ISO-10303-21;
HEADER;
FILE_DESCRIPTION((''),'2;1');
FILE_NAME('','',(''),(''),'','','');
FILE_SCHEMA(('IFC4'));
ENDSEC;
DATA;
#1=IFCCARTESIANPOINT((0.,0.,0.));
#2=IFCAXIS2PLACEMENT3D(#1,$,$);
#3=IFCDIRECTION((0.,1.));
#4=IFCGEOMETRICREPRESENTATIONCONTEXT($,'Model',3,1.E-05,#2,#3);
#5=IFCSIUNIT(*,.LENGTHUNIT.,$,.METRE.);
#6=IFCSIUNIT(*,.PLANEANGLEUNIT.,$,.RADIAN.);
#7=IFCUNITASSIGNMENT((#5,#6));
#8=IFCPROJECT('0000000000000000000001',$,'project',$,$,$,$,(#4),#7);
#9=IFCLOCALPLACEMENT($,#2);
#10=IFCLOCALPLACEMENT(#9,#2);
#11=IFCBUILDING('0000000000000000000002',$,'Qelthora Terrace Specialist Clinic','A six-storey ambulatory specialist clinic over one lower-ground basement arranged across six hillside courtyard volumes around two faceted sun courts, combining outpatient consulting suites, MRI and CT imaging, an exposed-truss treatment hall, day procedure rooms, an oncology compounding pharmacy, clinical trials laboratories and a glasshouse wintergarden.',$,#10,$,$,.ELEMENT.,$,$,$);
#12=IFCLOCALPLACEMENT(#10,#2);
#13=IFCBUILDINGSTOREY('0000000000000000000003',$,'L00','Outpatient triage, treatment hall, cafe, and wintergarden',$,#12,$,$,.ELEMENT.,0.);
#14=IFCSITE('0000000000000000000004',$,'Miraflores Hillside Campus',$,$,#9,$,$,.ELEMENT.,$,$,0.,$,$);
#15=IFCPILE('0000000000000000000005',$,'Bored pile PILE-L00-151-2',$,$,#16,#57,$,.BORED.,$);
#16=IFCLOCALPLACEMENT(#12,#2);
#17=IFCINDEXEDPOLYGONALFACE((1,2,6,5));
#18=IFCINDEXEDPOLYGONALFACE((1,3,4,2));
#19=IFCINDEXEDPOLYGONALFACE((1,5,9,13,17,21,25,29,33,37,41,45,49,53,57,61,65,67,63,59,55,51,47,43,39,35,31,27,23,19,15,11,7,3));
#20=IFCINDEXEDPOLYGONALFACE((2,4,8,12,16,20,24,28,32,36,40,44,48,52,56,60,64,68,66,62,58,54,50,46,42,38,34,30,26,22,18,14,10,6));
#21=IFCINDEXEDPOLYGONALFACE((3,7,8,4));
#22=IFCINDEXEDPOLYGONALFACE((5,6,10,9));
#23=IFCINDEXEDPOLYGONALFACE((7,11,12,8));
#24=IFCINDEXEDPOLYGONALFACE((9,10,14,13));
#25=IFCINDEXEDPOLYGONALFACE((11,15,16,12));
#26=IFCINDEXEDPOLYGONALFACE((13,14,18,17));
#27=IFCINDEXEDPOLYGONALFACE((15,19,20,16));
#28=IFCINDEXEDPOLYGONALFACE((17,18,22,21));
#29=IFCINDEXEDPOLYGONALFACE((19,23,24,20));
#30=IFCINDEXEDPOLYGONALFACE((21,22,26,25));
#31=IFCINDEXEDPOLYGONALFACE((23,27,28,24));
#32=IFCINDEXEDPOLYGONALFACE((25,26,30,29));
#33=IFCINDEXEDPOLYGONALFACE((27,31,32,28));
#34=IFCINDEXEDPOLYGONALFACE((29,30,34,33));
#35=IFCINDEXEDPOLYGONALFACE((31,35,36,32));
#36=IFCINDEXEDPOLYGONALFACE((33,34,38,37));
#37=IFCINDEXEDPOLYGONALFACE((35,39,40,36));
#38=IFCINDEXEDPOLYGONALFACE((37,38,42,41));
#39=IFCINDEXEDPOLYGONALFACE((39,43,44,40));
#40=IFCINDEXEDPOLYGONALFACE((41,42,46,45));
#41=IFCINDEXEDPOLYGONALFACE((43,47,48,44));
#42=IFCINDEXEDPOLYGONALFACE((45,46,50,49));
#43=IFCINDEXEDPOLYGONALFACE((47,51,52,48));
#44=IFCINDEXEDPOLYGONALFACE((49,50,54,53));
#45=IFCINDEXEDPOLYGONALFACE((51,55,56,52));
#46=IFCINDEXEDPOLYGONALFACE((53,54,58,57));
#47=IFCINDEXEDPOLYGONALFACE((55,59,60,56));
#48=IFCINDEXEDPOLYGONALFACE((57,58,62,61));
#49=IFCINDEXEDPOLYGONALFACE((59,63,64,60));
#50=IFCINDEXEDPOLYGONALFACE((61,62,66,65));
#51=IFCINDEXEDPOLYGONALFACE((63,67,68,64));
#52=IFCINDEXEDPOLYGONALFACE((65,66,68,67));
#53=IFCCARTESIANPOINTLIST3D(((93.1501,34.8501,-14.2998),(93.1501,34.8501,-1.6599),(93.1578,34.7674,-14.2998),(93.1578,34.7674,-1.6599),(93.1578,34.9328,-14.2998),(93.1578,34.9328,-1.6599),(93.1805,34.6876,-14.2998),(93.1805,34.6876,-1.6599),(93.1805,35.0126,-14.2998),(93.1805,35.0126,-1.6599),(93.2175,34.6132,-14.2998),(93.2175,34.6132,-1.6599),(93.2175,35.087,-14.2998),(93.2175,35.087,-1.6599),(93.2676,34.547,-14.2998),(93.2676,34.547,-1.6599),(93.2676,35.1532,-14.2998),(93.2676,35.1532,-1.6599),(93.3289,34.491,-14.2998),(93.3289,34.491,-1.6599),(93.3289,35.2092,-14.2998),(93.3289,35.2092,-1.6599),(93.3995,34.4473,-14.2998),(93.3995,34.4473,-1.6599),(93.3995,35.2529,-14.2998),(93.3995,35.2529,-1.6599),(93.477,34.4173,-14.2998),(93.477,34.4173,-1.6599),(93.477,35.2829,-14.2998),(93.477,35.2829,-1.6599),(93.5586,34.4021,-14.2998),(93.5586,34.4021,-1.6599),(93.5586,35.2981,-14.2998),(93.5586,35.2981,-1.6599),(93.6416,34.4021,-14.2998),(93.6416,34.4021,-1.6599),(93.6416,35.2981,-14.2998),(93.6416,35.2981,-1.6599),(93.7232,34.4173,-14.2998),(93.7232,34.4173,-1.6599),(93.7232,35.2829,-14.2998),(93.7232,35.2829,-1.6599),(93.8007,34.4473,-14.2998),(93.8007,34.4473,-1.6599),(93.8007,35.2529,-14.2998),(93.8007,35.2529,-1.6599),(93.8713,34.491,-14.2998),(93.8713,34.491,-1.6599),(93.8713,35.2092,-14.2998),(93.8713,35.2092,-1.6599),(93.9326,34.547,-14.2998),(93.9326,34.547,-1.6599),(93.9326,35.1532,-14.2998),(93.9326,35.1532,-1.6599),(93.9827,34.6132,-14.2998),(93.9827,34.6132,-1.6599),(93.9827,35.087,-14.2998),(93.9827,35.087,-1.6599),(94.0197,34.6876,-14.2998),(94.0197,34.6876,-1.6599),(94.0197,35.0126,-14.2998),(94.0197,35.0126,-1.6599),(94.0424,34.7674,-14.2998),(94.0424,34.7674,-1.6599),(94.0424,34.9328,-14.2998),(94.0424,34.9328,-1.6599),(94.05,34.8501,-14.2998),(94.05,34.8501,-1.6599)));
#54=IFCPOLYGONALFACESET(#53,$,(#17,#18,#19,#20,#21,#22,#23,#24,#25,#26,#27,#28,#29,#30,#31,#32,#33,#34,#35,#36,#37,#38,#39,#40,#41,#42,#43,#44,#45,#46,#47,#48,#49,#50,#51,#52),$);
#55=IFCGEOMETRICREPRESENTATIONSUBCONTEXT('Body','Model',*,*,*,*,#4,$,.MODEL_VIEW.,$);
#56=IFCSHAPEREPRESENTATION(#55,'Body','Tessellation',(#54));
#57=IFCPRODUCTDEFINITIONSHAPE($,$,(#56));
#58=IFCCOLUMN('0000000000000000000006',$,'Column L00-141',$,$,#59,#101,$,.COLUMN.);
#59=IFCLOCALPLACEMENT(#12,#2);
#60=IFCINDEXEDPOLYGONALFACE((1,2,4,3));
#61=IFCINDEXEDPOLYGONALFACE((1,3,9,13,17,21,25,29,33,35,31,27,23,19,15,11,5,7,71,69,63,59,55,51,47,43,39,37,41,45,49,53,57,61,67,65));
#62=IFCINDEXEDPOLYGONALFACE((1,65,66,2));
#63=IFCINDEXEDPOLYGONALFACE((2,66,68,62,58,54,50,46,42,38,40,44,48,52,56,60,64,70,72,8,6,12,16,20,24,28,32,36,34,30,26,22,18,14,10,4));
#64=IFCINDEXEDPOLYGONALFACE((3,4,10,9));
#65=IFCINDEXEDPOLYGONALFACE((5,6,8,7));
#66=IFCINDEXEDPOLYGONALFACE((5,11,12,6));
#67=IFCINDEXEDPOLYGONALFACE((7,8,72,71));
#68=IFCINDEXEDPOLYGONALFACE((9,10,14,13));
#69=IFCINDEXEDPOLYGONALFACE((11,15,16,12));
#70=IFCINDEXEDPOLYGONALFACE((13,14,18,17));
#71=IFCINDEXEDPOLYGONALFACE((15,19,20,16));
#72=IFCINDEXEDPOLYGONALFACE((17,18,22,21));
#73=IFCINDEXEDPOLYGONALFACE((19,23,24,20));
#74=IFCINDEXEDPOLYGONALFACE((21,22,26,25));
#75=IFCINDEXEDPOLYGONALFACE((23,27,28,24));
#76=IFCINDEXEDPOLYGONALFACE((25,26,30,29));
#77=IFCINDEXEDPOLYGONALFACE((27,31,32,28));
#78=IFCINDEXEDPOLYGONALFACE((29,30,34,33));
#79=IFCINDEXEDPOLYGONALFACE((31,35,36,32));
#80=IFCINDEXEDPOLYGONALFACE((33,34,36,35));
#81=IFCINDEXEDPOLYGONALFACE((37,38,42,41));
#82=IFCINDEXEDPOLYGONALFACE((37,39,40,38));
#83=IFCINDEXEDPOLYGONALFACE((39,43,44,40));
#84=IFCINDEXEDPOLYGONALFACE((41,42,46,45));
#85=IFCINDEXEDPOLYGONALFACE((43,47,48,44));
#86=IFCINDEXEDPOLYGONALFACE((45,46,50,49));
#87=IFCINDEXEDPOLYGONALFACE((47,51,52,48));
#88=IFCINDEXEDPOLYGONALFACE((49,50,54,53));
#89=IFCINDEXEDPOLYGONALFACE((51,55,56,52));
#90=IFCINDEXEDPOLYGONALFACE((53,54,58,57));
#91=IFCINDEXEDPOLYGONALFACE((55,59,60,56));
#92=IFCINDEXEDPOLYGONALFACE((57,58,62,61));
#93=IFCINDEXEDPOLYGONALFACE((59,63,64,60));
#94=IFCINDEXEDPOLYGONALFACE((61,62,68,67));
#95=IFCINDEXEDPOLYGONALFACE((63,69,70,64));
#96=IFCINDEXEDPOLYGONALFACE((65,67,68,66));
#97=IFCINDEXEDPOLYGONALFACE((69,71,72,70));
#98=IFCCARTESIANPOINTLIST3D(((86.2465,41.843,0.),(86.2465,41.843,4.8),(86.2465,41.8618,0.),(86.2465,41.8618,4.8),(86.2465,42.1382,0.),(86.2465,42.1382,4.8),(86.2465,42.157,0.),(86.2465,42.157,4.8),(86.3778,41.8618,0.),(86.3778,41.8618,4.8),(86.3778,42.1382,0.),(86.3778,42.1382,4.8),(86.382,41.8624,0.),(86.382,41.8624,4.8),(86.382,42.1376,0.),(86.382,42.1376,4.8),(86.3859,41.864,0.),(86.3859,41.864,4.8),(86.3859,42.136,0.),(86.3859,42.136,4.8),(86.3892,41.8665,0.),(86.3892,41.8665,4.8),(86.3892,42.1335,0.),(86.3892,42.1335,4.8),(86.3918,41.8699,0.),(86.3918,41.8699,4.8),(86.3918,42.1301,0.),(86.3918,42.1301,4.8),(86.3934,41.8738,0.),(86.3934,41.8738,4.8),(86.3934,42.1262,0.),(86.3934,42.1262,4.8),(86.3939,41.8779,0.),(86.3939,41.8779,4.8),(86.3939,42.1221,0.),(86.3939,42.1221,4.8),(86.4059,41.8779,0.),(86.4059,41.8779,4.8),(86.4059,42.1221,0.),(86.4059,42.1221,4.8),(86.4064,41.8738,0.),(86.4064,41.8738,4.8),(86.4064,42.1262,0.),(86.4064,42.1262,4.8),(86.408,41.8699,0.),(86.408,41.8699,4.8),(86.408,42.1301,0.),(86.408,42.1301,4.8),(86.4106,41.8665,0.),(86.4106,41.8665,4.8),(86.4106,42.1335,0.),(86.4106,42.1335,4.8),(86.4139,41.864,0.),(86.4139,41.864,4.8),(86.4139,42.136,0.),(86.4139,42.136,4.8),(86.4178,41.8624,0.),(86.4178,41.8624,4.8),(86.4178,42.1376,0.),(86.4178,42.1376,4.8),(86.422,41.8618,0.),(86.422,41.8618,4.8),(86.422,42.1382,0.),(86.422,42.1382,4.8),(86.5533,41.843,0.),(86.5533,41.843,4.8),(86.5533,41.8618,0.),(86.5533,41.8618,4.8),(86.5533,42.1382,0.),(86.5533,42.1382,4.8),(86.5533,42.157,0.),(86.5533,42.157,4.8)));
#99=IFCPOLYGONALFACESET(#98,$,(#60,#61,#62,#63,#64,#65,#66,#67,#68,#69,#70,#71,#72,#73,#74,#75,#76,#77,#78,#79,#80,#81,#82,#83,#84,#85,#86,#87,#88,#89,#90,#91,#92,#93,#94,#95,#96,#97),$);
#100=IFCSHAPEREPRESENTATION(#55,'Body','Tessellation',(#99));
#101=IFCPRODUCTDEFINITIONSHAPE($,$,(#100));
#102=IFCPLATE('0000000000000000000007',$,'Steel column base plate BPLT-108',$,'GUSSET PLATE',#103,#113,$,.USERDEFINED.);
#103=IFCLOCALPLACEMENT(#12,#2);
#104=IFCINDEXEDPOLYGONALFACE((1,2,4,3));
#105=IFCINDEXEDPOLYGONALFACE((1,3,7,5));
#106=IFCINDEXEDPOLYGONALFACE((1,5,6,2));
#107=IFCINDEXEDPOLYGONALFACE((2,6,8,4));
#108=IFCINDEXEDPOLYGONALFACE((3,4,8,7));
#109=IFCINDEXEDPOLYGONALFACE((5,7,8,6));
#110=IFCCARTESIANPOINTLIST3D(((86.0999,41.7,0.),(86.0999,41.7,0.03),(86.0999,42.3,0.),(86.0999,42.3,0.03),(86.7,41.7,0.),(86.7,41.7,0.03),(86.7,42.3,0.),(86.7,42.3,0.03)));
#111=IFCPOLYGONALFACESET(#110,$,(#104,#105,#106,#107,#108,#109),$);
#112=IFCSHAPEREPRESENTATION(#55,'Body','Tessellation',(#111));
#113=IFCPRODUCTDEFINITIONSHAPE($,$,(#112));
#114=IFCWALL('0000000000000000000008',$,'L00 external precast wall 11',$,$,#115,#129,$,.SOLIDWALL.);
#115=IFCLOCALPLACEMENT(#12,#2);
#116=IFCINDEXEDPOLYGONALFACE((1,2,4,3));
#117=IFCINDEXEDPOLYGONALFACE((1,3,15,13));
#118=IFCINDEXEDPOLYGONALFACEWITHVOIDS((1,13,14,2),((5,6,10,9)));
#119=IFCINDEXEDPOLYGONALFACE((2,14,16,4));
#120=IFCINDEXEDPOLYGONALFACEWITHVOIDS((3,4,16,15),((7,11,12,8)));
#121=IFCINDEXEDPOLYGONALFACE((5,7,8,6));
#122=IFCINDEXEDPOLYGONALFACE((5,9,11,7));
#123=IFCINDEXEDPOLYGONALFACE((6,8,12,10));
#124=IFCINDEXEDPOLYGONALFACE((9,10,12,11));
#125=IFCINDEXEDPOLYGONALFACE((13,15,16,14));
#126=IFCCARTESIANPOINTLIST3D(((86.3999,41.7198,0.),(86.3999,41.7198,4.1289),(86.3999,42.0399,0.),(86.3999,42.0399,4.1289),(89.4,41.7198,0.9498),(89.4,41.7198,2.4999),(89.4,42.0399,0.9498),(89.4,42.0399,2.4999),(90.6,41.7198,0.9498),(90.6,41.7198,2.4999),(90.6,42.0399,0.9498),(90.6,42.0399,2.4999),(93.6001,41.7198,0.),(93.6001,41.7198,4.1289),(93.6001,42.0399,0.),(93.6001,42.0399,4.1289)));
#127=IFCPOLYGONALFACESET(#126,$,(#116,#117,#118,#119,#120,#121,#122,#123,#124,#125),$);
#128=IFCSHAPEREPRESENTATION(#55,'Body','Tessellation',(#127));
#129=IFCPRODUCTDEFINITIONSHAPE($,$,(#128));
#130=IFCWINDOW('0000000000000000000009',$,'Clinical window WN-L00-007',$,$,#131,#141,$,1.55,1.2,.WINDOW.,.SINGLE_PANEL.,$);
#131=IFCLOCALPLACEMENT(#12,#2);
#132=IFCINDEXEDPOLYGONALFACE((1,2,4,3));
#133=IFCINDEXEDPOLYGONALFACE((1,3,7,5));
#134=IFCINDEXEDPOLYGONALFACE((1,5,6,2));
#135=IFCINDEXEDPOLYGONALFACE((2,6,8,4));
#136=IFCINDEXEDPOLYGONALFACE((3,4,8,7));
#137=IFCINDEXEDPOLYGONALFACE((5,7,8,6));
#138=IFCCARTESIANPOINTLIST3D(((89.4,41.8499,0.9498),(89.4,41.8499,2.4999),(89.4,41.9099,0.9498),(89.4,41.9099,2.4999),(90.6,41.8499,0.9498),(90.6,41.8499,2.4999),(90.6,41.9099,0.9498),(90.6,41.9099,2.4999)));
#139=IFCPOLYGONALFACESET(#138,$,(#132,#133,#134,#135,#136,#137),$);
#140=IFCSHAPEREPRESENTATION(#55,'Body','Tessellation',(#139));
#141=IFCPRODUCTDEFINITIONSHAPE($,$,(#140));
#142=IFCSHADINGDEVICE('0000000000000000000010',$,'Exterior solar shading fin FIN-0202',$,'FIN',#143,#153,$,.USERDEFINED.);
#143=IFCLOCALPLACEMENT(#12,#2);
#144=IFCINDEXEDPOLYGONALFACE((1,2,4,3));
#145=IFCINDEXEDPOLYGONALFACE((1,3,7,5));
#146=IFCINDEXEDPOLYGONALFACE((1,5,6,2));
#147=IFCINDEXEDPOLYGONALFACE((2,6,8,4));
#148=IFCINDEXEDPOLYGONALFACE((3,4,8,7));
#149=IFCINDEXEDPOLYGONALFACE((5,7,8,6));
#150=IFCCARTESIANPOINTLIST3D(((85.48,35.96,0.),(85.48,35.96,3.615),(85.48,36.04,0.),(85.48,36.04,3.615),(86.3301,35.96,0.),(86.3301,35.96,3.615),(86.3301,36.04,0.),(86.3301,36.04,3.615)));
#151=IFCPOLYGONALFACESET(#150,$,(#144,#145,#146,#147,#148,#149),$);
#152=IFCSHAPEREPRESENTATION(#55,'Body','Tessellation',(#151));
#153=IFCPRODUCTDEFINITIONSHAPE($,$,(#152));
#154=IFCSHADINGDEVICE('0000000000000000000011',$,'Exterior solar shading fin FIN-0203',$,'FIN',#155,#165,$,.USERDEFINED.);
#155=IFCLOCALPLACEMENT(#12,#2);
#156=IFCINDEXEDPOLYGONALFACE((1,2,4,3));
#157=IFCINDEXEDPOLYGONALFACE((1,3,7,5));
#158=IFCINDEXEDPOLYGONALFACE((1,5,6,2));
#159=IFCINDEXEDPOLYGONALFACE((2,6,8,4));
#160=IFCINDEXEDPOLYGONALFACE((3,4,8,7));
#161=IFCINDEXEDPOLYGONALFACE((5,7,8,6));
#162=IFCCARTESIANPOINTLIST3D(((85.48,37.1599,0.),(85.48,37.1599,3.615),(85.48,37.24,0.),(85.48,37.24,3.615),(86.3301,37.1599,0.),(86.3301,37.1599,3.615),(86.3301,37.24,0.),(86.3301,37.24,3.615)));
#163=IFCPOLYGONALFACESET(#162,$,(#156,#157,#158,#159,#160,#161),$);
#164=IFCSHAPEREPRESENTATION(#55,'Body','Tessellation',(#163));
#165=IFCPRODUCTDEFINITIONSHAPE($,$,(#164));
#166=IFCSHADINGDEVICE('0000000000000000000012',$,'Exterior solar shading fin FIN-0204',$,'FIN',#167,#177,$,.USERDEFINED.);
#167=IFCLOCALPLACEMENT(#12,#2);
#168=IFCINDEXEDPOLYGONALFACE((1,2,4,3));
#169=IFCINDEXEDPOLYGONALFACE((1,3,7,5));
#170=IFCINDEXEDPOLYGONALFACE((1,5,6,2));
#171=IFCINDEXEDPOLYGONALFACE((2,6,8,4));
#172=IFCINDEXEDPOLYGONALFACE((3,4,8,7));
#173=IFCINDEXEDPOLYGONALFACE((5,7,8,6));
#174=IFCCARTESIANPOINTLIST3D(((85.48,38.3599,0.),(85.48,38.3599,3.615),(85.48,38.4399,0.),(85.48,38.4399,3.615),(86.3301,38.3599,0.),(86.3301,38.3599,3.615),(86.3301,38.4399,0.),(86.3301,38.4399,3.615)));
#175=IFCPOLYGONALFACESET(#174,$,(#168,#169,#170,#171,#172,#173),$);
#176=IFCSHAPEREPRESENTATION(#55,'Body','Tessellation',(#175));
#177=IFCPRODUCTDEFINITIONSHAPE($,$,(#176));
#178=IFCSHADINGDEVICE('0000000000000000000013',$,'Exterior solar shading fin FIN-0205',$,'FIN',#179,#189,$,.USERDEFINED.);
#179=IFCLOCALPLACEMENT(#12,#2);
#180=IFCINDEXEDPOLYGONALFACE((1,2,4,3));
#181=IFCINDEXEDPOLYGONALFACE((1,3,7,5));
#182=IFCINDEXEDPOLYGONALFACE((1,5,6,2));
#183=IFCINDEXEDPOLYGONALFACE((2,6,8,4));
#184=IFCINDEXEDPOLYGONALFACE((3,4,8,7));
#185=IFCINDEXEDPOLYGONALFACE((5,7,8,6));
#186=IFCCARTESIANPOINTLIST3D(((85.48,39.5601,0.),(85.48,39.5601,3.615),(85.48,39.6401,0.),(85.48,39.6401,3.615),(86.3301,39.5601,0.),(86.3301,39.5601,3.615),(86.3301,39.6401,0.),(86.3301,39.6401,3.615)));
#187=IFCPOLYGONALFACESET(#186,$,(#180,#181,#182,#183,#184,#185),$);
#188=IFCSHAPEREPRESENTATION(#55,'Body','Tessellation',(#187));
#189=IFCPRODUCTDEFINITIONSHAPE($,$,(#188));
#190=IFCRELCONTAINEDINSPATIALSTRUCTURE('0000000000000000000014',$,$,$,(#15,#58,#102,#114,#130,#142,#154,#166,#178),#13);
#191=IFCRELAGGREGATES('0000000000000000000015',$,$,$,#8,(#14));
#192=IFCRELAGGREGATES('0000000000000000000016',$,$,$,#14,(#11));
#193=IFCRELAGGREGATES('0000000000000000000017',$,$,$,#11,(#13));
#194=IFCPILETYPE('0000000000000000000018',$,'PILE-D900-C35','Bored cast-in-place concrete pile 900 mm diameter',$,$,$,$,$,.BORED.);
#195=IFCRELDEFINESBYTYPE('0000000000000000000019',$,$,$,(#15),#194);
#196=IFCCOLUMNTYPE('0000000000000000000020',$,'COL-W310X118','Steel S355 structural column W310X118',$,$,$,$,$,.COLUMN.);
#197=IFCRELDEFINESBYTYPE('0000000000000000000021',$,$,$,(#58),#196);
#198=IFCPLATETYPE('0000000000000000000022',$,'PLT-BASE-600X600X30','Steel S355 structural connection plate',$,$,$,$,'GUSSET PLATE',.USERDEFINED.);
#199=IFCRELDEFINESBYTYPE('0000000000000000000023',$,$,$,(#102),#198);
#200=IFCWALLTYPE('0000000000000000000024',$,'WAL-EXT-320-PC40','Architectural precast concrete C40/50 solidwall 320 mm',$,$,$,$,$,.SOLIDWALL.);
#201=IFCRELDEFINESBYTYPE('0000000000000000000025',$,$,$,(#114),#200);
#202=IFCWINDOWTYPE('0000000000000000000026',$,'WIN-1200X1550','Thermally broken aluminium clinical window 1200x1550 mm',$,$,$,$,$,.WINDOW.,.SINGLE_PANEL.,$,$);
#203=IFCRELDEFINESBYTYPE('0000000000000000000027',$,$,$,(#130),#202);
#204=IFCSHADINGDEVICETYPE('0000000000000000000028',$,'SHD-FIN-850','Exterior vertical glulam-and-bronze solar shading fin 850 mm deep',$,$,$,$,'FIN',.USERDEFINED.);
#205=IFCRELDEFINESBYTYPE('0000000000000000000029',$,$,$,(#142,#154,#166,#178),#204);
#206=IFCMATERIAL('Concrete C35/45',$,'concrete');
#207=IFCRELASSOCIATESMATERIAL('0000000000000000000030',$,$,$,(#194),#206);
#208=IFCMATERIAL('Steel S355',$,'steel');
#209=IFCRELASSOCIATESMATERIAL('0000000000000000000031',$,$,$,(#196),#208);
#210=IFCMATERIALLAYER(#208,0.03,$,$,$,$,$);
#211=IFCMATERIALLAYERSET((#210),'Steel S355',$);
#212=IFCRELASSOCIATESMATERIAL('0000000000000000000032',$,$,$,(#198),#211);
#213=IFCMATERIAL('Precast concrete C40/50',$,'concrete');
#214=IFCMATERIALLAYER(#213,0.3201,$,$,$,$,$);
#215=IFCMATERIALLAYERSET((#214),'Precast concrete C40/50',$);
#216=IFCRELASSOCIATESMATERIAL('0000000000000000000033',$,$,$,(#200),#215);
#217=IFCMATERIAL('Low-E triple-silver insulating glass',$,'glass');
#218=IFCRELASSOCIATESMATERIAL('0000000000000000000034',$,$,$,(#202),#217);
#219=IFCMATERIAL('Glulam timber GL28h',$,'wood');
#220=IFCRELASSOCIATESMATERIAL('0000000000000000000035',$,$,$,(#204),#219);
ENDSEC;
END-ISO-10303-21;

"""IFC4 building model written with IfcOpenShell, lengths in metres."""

from ifc_helpers import new_model, si_unit, direction, frame, frame_2d, origin, origin_2d, place, context, subcontext, project, spatial, rectangle, circle, i_section, extrude, material, layer, layer_set, material_profile, profile_set, type_object, element, fill, save


model = new_model("IFC4")

# Units and contexts
model_context = context("Model", 3, precision=1e-05, world=origin(), true_north=direction((0.0, 1.0)))
body_context = subcontext(model_context, "Body", "Model", "MODEL_VIEW")
ifc_project = project(units=[si_unit("LENGTHUNIT", "METRE"), si_unit("PLANEANGLEUNIT", "RADIAN")], contexts=[model_context])

# Site, building, storey
site_placement = place(None, origin())
site = spatial("IfcSite", under=ifc_project, at=site_placement, Name="Miraflores Hillside Campus", CompositionType="ELEMENT", RefElevation=0.0)
building_placement = place(site_placement, origin())
building = spatial("IfcBuilding", under=site, at=building_placement, Name="Qelthora Terrace Specialist Clinic", Description="A six-storey ambulatory specialist clinic over one lower-ground basement arranged across six hillside courtyard volumes around two faceted sun courts, combining outpatient consulting suites, MRI and CT imaging, an exposed-truss treatment hall, day procedure rooms, an oncology compounding pharmacy, clinical trials laboratories and a glasshouse wintergarden.", CompositionType="ELEMENT")
storey_placement = place(building_placement, origin())
storey = spatial("IfcBuildingStorey", under=building, at=storey_placement, Name="L00", Description="Outpatient triage, treatment hall, cafe, and wintergarden", CompositionType="ELEMENT", Elevation=0.0)

# Shared definitions
ifc_material_1 = material(Name="Concrete C35/45", Category="concrete")

# Pile
ifc_material_profile_1 = material_profile(ifc_material_1, circle(Radius=0.45, at=origin_2d()), Name="PILE900")
ifc_profile_set_1 = profile_set([ifc_material_profile_1], Name="Concrete C35/45")
pile_type_1 = type_object("IfcPileType", Name="PILE-D900-C35", Description="Bored cast-in-place concrete pile 900 mm diameter", PredefinedType="BORED", material=ifc_profile_set_1)
pile_placement = place(storey_placement, frame((93.6001, 34.8501, -1.6599), z_axis=(0.0, 0.0, -1.0), x_axis=(1.0, 0.0, 0.0)))
element("IfcPile", 1, at=pile_placement, inside=storey, type_object=pile_type_1, Name="Bored pile PILE-L00-151-2", PredefinedType="BORED", context=body_context, shape_type="SweptSolid", body=[
    extrude(circle(Radius=0.45, at=origin_2d()), origin(), (0.0, 0.0, 1.0), 12.6399),
])

# Column
ifc_material_2 = material(Name="Steel S355", Category="steel")
ifc_material_profile_2 = material_profile(ifc_material_2, i_section(OverallWidth=0.3069, OverallDepth=0.314, WebThickness=0.012, FlangeThickness=0.0188, FilletRadius=0.0161, at=origin_2d()), Name="W310X118")
ifc_profile_set_2 = profile_set([ifc_material_profile_2], Name="Steel S355")
column_type = type_object("IfcColumnType", Name="COL-W310X118", Description="Steel S355 structural column W310X118", PredefinedType="COLUMN", material=ifc_profile_set_2)
column_placement = place(storey_placement, frame((86.3999, 42.0, 0.0), z_axis=(0.0, 0.0, 1.0), x_axis=(1.0, 0.0, 0.0)))
element("IfcColumn", 2, at=column_placement, inside=storey, type_object=column_type, Name="Column L00-141", PredefinedType="COLUMN", context=body_context, shape_type="SweptSolid", body=[
    extrude(i_section(OverallWidth=0.3069, OverallDepth=0.314, WebThickness=0.012, FlangeThickness=0.0188, FilletRadius=0.0161, at=origin_2d()), origin(), (0.0, 0.0, 1.0), 4.8),
])

# Plate
ifc_layer_1 = layer(ifc_material_2, 0.03)
ifc_layer_set_1 = layer_set([ifc_layer_1], Name="Steel S355")
plate_type = type_object("IfcPlateType", Name="PLT-BASE-600X600X30", Description="Steel S355 structural connection plate", ElementType="GUSSET PLATE", PredefinedType="USERDEFINED", material=ifc_layer_set_1)
plate_placement = place(storey_placement, frame((86.3999, 42.0, 0.0), z_axis=(0.0, 0.0, 1.0), x_axis=(1.0, 0.0, 0.0)))
element("IfcPlate", 3, at=plate_placement, inside=storey, type_object=plate_type, Name="Steel column base plate BPLT-108", ObjectType="GUSSET PLATE", PredefinedType="USERDEFINED", context=body_context, shape_type="SweptSolid", body=[
    extrude(rectangle(XDim=0.6001, YDim=0.6001, at=origin_2d()), origin(), (0.0, 0.0, 1.0), 0.03),
])

# Wall, opening, window
ifc_material_3 = material(Name="Precast concrete C40/50", Category="concrete")
ifc_layer_2 = layer(ifc_material_3, 0.3201)
ifc_layer_set_2 = layer_set([ifc_layer_2], Name="Precast concrete C40/50")
wall_type = type_object("IfcWallType", Name="WAL-EXT-320-PC40", Description="Architectural precast concrete C40/50 solidwall 320 mm", PredefinedType="SOLIDWALL", material=ifc_layer_set_2)
wall_placement = place(storey_placement, frame((86.3999, 41.8799, 0.0), z_axis=(0.0, 0.0, 1.0), x_axis=(1.0, 0.0, 0.0)))
wall = element("IfcWall", 4, at=wall_placement, inside=storey, type_object=wall_type, Name="L00 external precast wall 11", PredefinedType="SOLIDWALL", context=body_context, shape_type="SweptSolid", body=[
    extrude(rectangle(XDim=7.2002, YDim=0.3201, at=frame_2d((3.6001, 0.0))), origin(), (0.0, 0.0, 1.0), 4.1289),
])
opening_placement = place(wall_placement, frame((3.0, 0.0, 0.95)))
opening = element("IfcOpeningElement", 5, at=opening_placement, cuts=wall, PredefinedType="OPENING", context=body_context, shape_type="SweptSolid", body=[
    extrude(rectangle(XDim=1.2, YDim=1.55, at=frame_2d((0.6001, 0.7749))), frame((0.0, 0.1699, 0.0), z_axis=(0.0, -1.0, 0.0), x_axis=(1.0, 0.0, 0.0)), (0.0, 0.0, 1.0), 0.3401),
])
ifc_material_4 = material(Name="Low-E triple-silver insulating glass", Category="glass")
window_type = type_object("IfcWindowType", Name="WIN-1200X1550", Description="Thermally broken aluminium clinical window 1200x1550 mm", PartitioningType="SINGLE_PANEL", PredefinedType="WINDOW", material=ifc_material_4)
window_placement = place(opening_placement, origin())
window = element("IfcWindow", 6, at=window_placement, inside=storey, type_object=window_type, Name="Clinical window WN-L00-007", OverallHeight=1.55, OverallWidth=1.2, PartitioningType="SINGLE_PANEL", PredefinedType="WINDOW", context=body_context, shape_type="SweptSolid", body=[
    extrude(rectangle(XDim=1.2, YDim=1.55, at=frame_2d((0.6001, 0.7749))), frame((0.0, 0.03, 0.0), z_axis=(0.0, -1.0, 0.0), x_axis=(1.0, 0.0, 0.0)), (0.0, 0.0, 1.0), 0.0601),
])
fill(opening, window)

# Shading devices
ifc_material_5 = material(Name="Glulam timber GL28h", Category="wood")
shading_device_type = type_object("IfcShadingDeviceType", Name="SHD-FIN-850", Description="Exterior vertical glulam-and-bronze solar shading fin 850 mm deep", ElementType="FIN", PredefinedType="USERDEFINED", material=ifc_material_5)
for number, where, z_axis, x_axis, name in (
    (7, (85.905, 36.0, 0.0), (0.0, 0.0, 1.0), (-1.0, 0.0, 0.0), "Exterior solar shading fin FIN-0202"),
    (8, (85.905, 37.2, 0.0), (0.0, 0.0, 1.0), (-1.0, 0.0, 0.0), "Exterior solar shading fin FIN-0203"),
    (9, (85.905, 38.3999, 0.0), (0.0, 0.0, 1.0), (-1.0, 0.0, 0.0), "Exterior solar shading fin FIN-0204"),
    (10, (85.905, 39.6001, 0.0), (0.0, 0.0, 1.0), (-1.0, 0.0, 0.0), "Exterior solar shading fin FIN-0205"),
):
    element("IfcShadingDevice", number, at=place(storey_placement, frame(where, z_axis=z_axis, x_axis=x_axis)), inside=storey, type_object=shading_device_type, Name=name, ObjectType="FIN", PredefinedType="USERDEFINED", context=body_context, shape_type="SweptSolid", body=[
        extrude(rectangle(XDim=0.8501, YDim=0.0801, at=origin_2d()), origin(), (0.0, 0.0, 1.0), 3.615),
    ])

save(model, "model.ifc")
